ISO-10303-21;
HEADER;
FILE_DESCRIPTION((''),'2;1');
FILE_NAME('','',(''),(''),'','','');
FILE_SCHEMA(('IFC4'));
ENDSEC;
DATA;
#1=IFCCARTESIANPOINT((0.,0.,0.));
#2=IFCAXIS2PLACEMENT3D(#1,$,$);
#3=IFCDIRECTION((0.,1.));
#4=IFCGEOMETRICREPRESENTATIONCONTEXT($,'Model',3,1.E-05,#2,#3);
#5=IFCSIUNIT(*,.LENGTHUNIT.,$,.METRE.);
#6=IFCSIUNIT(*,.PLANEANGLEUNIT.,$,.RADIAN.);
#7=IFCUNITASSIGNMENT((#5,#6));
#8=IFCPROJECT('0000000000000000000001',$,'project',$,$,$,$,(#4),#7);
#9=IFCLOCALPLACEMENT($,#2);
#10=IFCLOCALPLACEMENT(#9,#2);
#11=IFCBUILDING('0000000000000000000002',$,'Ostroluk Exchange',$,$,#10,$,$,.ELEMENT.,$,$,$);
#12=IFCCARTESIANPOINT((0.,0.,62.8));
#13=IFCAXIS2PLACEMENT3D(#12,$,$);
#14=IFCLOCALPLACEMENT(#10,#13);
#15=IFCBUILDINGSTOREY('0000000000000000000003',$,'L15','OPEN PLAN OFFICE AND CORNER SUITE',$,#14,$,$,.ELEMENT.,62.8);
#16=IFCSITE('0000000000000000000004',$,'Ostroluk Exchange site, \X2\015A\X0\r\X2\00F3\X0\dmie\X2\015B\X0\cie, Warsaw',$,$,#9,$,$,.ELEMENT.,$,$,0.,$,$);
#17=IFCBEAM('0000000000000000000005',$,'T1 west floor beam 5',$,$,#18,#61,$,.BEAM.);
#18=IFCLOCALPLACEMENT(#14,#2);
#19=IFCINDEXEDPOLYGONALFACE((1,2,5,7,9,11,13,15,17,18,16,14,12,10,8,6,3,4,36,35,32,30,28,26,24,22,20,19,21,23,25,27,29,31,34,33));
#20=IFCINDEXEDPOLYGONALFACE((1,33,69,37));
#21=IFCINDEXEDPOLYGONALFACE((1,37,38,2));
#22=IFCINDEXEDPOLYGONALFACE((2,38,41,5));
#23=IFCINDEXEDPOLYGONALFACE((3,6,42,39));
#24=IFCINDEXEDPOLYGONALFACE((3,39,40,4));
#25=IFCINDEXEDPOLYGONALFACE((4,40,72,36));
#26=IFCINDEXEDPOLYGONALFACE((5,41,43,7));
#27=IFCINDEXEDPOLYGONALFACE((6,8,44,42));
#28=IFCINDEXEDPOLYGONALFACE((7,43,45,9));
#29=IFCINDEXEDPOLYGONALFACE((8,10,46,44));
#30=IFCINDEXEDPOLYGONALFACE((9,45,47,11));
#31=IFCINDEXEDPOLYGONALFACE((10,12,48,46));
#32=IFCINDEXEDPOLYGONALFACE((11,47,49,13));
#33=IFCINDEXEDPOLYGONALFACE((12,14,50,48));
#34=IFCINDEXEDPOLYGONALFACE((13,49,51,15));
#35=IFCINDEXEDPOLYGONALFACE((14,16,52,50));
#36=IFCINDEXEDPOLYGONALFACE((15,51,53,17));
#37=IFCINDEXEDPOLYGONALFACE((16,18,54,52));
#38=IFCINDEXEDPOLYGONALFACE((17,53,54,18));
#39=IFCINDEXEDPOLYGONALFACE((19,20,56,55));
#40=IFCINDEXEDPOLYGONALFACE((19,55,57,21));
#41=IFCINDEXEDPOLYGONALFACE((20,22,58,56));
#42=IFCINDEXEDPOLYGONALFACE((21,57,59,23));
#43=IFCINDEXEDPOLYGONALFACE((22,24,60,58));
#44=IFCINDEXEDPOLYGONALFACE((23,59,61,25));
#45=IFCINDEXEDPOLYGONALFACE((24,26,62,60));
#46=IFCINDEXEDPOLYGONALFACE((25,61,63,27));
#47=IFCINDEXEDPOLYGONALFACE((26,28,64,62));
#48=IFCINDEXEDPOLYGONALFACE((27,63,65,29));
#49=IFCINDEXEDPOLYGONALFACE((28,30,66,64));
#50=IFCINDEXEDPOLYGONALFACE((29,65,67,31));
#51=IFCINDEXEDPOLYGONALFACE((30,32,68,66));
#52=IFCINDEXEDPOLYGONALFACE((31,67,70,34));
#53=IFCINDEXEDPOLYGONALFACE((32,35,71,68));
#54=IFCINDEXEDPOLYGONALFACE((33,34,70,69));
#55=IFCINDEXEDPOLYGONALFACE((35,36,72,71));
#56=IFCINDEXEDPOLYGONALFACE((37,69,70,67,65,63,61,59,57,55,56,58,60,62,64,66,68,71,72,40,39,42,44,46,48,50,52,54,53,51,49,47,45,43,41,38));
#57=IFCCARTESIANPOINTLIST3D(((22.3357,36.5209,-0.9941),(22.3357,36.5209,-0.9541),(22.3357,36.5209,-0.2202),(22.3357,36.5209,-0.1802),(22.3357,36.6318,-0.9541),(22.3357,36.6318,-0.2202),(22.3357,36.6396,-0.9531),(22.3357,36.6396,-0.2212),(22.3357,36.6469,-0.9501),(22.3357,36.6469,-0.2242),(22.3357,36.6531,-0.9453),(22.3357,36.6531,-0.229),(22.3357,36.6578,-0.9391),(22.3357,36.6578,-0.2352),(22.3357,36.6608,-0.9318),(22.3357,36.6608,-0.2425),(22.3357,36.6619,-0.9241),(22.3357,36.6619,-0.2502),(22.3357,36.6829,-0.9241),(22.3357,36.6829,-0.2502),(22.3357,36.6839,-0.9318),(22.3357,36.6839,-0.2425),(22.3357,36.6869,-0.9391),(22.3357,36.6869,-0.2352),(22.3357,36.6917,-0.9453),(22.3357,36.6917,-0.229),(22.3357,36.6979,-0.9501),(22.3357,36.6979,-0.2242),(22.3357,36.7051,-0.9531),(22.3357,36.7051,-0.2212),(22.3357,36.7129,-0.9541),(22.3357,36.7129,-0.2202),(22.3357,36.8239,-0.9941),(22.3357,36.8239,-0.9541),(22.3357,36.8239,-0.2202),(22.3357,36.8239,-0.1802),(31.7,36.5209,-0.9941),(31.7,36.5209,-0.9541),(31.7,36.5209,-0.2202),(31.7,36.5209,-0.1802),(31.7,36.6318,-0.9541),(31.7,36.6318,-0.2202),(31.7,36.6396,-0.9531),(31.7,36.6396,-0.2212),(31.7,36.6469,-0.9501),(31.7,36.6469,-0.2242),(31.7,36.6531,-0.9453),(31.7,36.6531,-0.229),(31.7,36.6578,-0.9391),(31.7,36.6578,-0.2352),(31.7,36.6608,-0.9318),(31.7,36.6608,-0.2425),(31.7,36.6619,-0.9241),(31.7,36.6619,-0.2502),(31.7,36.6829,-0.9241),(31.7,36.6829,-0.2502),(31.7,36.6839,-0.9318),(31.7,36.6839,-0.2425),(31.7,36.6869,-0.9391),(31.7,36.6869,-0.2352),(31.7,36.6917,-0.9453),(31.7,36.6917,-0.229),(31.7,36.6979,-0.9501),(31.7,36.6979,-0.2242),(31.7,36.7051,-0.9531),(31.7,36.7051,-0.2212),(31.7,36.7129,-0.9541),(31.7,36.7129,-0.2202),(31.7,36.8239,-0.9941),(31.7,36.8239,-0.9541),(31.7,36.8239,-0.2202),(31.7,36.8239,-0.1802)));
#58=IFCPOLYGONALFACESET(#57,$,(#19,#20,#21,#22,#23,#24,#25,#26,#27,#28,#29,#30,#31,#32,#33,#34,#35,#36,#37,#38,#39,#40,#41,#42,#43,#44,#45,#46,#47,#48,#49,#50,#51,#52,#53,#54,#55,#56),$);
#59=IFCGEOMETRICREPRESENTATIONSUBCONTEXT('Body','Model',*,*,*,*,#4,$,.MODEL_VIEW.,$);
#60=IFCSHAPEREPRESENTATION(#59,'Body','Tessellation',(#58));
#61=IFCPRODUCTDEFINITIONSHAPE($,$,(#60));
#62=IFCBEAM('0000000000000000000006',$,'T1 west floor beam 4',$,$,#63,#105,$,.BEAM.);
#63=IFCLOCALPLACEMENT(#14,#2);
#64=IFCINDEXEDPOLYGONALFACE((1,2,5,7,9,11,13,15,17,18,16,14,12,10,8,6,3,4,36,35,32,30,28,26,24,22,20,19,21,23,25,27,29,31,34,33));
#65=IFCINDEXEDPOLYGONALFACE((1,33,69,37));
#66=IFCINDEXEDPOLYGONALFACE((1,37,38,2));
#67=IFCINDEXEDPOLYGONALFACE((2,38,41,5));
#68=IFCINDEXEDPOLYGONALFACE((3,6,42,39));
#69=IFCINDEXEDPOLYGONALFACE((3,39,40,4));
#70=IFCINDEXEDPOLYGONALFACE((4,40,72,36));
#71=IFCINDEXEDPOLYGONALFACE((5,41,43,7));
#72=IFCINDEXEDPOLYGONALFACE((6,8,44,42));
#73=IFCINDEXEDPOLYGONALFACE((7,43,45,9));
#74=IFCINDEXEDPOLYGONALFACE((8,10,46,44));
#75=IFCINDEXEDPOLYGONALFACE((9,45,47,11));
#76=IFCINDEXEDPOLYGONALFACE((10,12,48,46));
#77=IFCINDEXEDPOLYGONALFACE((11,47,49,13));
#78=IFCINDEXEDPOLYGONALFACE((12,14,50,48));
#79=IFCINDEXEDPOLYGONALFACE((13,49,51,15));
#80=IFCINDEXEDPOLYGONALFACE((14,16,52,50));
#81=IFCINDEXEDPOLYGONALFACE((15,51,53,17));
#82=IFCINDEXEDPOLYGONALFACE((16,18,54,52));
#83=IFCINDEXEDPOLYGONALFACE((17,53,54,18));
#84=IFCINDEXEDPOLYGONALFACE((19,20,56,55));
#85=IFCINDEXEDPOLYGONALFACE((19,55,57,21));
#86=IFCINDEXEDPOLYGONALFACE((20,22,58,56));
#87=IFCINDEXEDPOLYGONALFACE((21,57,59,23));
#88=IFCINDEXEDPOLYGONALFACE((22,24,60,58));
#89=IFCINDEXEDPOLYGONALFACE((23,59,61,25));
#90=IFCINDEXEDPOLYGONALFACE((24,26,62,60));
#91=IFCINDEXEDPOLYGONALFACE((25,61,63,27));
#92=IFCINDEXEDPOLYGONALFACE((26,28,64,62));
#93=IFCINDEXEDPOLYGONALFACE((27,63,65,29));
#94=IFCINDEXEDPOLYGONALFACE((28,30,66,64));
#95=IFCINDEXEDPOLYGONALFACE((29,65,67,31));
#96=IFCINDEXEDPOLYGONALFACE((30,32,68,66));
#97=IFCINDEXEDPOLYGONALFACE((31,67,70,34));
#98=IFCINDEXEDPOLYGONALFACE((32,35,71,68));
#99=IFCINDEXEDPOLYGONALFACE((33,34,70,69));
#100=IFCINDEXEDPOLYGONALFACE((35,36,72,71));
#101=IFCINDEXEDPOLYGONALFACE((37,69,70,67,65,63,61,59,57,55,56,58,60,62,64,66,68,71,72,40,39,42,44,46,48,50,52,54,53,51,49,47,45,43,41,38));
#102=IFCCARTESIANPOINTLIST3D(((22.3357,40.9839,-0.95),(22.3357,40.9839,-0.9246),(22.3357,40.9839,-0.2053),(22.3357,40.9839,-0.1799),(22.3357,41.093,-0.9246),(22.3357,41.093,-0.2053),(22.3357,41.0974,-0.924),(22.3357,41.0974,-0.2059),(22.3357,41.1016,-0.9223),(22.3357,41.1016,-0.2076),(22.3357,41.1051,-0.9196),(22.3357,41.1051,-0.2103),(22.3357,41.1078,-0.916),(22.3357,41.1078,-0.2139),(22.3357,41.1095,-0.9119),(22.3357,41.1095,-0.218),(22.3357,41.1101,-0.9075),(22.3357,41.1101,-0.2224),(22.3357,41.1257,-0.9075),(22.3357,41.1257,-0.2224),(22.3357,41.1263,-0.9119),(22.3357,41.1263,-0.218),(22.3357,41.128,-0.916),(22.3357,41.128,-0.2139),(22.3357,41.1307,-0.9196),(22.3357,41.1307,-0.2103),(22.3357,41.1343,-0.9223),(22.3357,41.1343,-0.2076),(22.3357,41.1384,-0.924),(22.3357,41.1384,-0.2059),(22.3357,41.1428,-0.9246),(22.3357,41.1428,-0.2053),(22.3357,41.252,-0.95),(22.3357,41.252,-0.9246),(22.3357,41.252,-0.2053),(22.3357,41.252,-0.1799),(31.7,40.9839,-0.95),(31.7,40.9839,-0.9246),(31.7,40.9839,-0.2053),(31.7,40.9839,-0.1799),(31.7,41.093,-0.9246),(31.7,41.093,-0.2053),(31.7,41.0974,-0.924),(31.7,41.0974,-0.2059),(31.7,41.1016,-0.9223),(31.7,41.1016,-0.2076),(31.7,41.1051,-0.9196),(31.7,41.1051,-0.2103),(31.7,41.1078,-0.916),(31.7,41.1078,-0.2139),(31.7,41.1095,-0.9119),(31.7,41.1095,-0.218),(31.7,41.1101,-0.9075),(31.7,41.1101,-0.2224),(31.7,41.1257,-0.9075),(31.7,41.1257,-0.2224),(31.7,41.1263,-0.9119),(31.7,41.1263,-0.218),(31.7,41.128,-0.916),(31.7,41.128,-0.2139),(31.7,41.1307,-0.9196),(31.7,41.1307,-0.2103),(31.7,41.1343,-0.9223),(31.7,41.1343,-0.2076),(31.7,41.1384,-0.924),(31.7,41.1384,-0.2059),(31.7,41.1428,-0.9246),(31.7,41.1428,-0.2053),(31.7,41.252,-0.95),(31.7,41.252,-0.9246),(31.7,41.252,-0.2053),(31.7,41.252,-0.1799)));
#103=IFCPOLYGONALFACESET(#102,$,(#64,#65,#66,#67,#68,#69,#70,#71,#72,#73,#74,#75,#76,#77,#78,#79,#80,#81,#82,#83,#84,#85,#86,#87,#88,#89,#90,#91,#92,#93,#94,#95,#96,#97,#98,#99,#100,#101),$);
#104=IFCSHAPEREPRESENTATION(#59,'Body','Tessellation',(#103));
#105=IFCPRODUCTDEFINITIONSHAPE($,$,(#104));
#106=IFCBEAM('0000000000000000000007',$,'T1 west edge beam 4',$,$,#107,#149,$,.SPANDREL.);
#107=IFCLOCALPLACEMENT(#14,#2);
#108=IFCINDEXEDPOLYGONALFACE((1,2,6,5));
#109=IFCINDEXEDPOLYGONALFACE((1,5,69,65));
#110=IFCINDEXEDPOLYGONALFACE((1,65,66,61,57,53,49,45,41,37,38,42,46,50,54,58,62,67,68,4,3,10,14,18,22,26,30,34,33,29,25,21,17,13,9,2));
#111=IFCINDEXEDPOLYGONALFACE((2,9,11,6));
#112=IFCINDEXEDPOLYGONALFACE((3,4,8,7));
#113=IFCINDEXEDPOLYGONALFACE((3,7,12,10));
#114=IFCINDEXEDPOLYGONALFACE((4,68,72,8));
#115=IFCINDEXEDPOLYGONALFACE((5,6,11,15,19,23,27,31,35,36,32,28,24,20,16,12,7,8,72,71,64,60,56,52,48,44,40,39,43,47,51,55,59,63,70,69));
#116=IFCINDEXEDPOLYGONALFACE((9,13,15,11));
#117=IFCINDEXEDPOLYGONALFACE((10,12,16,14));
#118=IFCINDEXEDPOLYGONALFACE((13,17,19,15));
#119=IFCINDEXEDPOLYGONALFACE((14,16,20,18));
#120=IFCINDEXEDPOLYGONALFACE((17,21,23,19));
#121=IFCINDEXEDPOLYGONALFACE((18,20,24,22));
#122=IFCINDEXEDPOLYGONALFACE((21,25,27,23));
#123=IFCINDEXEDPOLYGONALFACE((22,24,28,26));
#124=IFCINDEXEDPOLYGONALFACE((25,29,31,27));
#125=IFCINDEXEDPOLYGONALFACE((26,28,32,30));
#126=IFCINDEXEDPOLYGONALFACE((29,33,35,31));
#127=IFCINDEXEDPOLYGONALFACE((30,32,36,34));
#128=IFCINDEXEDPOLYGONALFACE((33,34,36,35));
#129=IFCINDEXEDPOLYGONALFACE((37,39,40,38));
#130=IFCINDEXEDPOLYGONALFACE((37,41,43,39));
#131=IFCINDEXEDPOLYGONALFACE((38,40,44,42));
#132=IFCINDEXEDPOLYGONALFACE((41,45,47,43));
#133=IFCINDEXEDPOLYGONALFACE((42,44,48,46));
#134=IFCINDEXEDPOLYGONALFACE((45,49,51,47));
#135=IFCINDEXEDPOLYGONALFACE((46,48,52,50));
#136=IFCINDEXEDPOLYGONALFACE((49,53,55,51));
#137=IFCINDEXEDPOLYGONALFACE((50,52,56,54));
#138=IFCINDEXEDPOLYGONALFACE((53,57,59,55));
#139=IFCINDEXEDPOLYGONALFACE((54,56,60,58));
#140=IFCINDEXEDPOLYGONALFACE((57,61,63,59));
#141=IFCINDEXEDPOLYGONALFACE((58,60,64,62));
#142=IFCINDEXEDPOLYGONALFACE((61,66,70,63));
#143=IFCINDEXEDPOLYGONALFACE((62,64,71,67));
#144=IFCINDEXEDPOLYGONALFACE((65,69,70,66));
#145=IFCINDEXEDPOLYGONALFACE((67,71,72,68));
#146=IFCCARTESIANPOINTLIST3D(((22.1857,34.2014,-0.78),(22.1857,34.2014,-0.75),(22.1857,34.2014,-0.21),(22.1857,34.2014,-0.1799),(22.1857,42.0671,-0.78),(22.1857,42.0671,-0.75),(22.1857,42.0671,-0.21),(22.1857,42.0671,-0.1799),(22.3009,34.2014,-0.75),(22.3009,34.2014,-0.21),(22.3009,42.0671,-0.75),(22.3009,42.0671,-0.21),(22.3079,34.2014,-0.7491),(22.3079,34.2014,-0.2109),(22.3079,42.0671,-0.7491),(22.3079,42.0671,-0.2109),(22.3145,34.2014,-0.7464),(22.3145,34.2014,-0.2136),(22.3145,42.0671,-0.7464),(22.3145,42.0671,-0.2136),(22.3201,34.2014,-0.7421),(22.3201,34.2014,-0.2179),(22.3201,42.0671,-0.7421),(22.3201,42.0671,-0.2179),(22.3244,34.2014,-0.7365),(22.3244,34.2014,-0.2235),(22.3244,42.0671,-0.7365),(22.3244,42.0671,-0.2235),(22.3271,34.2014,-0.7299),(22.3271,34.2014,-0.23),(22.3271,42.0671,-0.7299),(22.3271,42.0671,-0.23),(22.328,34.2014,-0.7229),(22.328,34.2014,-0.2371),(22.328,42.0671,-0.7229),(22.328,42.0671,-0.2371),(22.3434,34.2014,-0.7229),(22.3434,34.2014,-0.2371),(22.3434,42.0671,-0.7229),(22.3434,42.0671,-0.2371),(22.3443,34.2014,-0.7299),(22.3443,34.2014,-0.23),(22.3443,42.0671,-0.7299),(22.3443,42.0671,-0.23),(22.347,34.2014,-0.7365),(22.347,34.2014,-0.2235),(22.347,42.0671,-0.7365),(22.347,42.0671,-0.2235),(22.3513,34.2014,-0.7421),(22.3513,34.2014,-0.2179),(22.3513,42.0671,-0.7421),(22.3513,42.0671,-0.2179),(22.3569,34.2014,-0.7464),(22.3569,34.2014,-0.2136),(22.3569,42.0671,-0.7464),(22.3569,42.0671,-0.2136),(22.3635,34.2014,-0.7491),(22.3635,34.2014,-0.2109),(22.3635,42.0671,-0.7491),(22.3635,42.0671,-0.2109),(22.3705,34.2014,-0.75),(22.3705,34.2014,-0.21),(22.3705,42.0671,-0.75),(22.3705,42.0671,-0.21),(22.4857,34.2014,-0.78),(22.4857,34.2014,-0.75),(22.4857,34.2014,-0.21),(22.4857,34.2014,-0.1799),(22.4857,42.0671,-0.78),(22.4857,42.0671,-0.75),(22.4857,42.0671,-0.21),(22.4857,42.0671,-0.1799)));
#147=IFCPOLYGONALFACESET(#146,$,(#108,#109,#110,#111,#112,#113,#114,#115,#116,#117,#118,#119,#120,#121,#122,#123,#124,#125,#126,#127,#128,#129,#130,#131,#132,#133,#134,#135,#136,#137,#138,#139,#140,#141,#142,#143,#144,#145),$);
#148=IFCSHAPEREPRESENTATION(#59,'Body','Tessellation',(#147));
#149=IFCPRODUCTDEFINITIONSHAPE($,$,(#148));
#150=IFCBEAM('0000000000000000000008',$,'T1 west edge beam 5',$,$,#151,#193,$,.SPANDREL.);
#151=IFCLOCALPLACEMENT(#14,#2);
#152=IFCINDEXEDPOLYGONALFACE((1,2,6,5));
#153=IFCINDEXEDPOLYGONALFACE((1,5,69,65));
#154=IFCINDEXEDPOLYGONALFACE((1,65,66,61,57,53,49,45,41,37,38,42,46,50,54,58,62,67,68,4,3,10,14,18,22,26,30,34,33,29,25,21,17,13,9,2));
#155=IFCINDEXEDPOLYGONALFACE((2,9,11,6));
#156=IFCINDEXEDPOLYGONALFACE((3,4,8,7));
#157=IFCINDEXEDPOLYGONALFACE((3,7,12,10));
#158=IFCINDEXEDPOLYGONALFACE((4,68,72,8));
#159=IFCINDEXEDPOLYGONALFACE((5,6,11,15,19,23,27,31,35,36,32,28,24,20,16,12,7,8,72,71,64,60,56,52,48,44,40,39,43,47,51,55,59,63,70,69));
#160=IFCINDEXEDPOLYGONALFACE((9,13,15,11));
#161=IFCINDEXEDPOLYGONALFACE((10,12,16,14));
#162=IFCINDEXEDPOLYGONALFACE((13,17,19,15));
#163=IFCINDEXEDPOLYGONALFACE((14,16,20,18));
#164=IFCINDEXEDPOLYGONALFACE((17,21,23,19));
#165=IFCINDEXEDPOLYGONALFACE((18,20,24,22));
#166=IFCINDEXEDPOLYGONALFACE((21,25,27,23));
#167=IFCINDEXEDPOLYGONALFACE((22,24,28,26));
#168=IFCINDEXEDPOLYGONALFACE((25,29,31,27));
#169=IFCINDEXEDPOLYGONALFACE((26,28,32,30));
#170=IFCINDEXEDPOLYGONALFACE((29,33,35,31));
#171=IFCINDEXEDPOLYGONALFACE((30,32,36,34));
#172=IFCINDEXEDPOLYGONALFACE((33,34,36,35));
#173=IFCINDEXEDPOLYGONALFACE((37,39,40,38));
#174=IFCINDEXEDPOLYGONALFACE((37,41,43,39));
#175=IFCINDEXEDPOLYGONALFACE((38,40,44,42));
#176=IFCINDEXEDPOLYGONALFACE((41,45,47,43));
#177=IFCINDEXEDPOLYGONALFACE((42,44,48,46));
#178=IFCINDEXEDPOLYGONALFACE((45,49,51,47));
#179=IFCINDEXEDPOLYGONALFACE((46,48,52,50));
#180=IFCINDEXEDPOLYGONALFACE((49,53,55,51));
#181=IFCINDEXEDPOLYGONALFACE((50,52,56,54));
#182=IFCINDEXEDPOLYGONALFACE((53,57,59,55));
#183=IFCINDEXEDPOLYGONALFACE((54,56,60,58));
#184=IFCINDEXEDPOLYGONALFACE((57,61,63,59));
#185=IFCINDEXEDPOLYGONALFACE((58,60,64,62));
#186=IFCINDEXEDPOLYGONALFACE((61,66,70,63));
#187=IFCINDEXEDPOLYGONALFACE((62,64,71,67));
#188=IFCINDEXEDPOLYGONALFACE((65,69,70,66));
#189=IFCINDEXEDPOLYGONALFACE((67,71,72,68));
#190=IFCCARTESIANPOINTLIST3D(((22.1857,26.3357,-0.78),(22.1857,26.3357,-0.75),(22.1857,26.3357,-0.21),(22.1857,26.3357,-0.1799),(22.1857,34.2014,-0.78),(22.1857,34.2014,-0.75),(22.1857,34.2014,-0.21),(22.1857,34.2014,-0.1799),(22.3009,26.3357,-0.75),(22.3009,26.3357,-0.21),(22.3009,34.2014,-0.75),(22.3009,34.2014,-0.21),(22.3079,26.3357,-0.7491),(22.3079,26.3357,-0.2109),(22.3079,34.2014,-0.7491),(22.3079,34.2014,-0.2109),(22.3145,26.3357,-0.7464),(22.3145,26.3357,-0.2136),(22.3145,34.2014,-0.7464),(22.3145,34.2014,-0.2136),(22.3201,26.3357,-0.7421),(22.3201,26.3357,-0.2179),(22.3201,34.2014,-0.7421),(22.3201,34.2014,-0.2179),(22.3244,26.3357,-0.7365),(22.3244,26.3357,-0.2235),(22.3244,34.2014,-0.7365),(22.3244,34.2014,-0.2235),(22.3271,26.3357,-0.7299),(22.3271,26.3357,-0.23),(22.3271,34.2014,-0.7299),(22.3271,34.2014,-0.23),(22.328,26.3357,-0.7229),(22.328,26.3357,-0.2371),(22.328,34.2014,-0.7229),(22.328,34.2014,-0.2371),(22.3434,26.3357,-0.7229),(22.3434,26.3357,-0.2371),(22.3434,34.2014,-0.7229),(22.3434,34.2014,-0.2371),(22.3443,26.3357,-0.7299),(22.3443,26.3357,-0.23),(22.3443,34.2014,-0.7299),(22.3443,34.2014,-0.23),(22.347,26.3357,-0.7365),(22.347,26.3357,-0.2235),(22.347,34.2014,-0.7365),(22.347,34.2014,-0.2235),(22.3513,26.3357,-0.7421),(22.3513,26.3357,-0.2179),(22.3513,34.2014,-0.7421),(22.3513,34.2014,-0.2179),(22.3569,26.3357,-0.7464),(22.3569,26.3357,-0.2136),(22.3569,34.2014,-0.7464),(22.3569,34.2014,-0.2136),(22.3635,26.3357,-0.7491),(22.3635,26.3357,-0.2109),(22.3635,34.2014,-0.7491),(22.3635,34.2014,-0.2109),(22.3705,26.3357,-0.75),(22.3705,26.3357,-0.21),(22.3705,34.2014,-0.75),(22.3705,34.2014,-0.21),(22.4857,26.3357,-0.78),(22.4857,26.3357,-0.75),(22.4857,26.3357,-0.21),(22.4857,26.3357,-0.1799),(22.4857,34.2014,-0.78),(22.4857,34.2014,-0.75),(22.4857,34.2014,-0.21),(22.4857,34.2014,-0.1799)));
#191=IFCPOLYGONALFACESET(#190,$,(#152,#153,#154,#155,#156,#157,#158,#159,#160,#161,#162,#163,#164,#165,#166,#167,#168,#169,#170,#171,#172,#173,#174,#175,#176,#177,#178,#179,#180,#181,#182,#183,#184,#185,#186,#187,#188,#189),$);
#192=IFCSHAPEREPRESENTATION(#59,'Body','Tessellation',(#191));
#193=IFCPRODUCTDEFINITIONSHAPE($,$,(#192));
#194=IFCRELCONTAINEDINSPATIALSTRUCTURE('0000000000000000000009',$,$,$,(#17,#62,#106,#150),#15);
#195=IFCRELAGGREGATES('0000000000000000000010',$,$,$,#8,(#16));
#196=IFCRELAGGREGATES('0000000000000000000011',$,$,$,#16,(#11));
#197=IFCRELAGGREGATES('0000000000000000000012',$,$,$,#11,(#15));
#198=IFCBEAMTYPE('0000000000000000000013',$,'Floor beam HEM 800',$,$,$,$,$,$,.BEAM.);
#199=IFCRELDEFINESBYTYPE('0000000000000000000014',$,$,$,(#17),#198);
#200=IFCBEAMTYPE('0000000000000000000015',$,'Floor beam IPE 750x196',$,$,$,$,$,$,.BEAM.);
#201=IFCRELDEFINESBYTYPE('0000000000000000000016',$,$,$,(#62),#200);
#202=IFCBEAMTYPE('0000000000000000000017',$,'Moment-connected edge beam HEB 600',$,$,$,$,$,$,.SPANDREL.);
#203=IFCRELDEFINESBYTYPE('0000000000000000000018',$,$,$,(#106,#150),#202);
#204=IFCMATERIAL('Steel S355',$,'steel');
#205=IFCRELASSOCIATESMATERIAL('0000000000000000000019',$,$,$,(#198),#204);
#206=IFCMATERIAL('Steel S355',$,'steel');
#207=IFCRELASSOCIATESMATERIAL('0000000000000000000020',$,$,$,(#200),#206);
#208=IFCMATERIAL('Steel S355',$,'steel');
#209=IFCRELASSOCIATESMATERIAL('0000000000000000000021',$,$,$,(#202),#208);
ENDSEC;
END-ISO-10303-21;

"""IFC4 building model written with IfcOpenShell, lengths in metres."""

from ifc_helpers import new_model, si_unit, direction, frame, origin, origin_2d, place, context, subcontext, project, spatial, i_section, extrude, material, material_profile, profile_set, type_object, element, save


model = new_model("IFC4")

# Units and contexts
model_context = context("Model", 3, precision=1e-05, world=origin(), true_north=direction((0.0, 1.0)))
body_context = subcontext(model_context, "Body", "Model", "MODEL_VIEW")
ifc_project = project(units=[si_unit("LENGTHUNIT", "METRE"), si_unit("PLANEANGLEUNIT", "RADIAN")], contexts=[model_context])

# Site, building, storey
site_placement = place(None, origin())
site = spatial("IfcSite", under=ifc_project, at=site_placement, Name="Ostroluk Exchange site, Śródmieście, Warsaw", CompositionType="ELEMENT", RefElevation=0.0)
building_placement = place(site_placement, origin())
building = spatial("IfcBuilding", under=site, at=building_placement, Name="Ostroluk Exchange", CompositionType="ELEMENT")
storey_placement = place(building_placement, frame((0.0, 0.0, 62.8)))
storey = spatial("IfcBuildingStorey", under=building, at=storey_placement, Name="L15", Description="OPEN PLAN OFFICE AND CORNER SUITE", CompositionType="ELEMENT", Elevation=62.8)

# Beams
ifc_material_1 = material(Name="Steel S355", Category="steel")
ifc_material_profile_1 = material_profile(ifc_material_1, i_section(OverallWidth=0.303, OverallDepth=0.814, WebThickness=0.021, FlangeThickness=0.04, FilletRadius=0.03, at=origin_2d()), Name="HEM 800")
ifc_profile_set_1 = profile_set([ifc_material_profile_1], Name="Steel S355")
beam_type_1 = type_object("IfcBeamType", Name="Floor beam HEM 800", PredefinedType="BEAM", material=ifc_profile_set_1)
beam_1_placement = place(storey_placement, frame((31.7, 36.6724, -0.5872), z_axis=(-1.0, 0.0, 0.0), x_axis=(0.0, -1.0, 0.0)))
element("IfcBeam", 1, at=beam_1_placement, inside=storey, type_object=beam_type_1, Name="T1 west floor beam 5", PredefinedType="BEAM", context=body_context, shape_type="SweptSolid", body=[
    extrude(i_section(OverallWidth=0.303, OverallDepth=0.814, WebThickness=0.021, FlangeThickness=0.04, FilletRadius=0.03, at=origin_2d()), origin(), (0.0, 0.0, 1.0), 9.3643),
])
ifc_material_2 = material(Name="Steel S355", Category="steel")
ifc_material_profile_2 = material_profile(ifc_material_2, i_section(OverallWidth=0.2681, OverallDepth=0.77, WebThickness=0.0156, FlangeThickness=0.0254, FilletRadius=0.0171, at=origin_2d()), Name="IPE 750x196")
ifc_profile_set_2 = profile_set([ifc_material_profile_2], Name="Steel S355")
beam_type_2 = type_object("IfcBeamType", Name="Floor beam IPE 750x196", PredefinedType="BEAM", material=ifc_profile_set_2)
beam_2_placement = place(storey_placement, frame((31.7, 41.1179, -0.5649), z_axis=(-1.0, 0.0, 0.0), x_axis=(0.0, -1.0, 0.0)))
element("IfcBeam", 2, at=beam_2_placement, inside=storey, type_object=beam_type_2, Name="T1 west floor beam 4", PredefinedType="BEAM", context=body_context, shape_type="SweptSolid", body=[
    extrude(i_section(OverallWidth=0.2681, OverallDepth=0.77, WebThickness=0.0156, FlangeThickness=0.0254, FilletRadius=0.0171, at=origin_2d()), origin(), (0.0, 0.0, 1.0), 9.3643),
])
ifc_material_3 = material(Name="Steel S355", Category="steel")
ifc_material_profile_3 = material_profile(ifc_material_3, i_section(OverallWidth=0.3, OverallDepth=0.6001, WebThickness=0.0154, FlangeThickness=0.03, FilletRadius=0.0271, at=origin_2d()), Name="HEB 600")
ifc_profile_set_3 = profile_set([ifc_material_profile_3], Name="Steel S355")
beam_type_3 = type_object("IfcBeamType", Name="Moment-connected edge beam HEB 600", PredefinedType="SPANDREL", material=ifc_profile_set_3)
for number, where, z_axis, x_axis, name in (
    (3, (22.3357, 42.0671, -0.48), (0.0, -1.0, 0.0), (1.0, 0.0, 0.0), "T1 west edge beam 4"),
    (4, (22.3357, 34.2014, -0.48), (0.0, -1.0, 0.0), (1.0, 0.0, 0.0), "T1 west edge beam 5"),
):
    element("IfcBeam", number, at=place(storey_placement, frame(where, z_axis=z_axis, x_axis=x_axis)), inside=storey, type_object=beam_type_3, Name=name, PredefinedType="SPANDREL", context=body_context, shape_type="SweptSolid", body=[
        extrude(i_section(OverallWidth=0.3, OverallDepth=0.6001, WebThickness=0.0154, FlangeThickness=0.03, FilletRadius=0.0271, at=origin_2d()), origin(), (0.0, 0.0, 1.0), 7.8657),
    ])

save(model, "model.ifc")
